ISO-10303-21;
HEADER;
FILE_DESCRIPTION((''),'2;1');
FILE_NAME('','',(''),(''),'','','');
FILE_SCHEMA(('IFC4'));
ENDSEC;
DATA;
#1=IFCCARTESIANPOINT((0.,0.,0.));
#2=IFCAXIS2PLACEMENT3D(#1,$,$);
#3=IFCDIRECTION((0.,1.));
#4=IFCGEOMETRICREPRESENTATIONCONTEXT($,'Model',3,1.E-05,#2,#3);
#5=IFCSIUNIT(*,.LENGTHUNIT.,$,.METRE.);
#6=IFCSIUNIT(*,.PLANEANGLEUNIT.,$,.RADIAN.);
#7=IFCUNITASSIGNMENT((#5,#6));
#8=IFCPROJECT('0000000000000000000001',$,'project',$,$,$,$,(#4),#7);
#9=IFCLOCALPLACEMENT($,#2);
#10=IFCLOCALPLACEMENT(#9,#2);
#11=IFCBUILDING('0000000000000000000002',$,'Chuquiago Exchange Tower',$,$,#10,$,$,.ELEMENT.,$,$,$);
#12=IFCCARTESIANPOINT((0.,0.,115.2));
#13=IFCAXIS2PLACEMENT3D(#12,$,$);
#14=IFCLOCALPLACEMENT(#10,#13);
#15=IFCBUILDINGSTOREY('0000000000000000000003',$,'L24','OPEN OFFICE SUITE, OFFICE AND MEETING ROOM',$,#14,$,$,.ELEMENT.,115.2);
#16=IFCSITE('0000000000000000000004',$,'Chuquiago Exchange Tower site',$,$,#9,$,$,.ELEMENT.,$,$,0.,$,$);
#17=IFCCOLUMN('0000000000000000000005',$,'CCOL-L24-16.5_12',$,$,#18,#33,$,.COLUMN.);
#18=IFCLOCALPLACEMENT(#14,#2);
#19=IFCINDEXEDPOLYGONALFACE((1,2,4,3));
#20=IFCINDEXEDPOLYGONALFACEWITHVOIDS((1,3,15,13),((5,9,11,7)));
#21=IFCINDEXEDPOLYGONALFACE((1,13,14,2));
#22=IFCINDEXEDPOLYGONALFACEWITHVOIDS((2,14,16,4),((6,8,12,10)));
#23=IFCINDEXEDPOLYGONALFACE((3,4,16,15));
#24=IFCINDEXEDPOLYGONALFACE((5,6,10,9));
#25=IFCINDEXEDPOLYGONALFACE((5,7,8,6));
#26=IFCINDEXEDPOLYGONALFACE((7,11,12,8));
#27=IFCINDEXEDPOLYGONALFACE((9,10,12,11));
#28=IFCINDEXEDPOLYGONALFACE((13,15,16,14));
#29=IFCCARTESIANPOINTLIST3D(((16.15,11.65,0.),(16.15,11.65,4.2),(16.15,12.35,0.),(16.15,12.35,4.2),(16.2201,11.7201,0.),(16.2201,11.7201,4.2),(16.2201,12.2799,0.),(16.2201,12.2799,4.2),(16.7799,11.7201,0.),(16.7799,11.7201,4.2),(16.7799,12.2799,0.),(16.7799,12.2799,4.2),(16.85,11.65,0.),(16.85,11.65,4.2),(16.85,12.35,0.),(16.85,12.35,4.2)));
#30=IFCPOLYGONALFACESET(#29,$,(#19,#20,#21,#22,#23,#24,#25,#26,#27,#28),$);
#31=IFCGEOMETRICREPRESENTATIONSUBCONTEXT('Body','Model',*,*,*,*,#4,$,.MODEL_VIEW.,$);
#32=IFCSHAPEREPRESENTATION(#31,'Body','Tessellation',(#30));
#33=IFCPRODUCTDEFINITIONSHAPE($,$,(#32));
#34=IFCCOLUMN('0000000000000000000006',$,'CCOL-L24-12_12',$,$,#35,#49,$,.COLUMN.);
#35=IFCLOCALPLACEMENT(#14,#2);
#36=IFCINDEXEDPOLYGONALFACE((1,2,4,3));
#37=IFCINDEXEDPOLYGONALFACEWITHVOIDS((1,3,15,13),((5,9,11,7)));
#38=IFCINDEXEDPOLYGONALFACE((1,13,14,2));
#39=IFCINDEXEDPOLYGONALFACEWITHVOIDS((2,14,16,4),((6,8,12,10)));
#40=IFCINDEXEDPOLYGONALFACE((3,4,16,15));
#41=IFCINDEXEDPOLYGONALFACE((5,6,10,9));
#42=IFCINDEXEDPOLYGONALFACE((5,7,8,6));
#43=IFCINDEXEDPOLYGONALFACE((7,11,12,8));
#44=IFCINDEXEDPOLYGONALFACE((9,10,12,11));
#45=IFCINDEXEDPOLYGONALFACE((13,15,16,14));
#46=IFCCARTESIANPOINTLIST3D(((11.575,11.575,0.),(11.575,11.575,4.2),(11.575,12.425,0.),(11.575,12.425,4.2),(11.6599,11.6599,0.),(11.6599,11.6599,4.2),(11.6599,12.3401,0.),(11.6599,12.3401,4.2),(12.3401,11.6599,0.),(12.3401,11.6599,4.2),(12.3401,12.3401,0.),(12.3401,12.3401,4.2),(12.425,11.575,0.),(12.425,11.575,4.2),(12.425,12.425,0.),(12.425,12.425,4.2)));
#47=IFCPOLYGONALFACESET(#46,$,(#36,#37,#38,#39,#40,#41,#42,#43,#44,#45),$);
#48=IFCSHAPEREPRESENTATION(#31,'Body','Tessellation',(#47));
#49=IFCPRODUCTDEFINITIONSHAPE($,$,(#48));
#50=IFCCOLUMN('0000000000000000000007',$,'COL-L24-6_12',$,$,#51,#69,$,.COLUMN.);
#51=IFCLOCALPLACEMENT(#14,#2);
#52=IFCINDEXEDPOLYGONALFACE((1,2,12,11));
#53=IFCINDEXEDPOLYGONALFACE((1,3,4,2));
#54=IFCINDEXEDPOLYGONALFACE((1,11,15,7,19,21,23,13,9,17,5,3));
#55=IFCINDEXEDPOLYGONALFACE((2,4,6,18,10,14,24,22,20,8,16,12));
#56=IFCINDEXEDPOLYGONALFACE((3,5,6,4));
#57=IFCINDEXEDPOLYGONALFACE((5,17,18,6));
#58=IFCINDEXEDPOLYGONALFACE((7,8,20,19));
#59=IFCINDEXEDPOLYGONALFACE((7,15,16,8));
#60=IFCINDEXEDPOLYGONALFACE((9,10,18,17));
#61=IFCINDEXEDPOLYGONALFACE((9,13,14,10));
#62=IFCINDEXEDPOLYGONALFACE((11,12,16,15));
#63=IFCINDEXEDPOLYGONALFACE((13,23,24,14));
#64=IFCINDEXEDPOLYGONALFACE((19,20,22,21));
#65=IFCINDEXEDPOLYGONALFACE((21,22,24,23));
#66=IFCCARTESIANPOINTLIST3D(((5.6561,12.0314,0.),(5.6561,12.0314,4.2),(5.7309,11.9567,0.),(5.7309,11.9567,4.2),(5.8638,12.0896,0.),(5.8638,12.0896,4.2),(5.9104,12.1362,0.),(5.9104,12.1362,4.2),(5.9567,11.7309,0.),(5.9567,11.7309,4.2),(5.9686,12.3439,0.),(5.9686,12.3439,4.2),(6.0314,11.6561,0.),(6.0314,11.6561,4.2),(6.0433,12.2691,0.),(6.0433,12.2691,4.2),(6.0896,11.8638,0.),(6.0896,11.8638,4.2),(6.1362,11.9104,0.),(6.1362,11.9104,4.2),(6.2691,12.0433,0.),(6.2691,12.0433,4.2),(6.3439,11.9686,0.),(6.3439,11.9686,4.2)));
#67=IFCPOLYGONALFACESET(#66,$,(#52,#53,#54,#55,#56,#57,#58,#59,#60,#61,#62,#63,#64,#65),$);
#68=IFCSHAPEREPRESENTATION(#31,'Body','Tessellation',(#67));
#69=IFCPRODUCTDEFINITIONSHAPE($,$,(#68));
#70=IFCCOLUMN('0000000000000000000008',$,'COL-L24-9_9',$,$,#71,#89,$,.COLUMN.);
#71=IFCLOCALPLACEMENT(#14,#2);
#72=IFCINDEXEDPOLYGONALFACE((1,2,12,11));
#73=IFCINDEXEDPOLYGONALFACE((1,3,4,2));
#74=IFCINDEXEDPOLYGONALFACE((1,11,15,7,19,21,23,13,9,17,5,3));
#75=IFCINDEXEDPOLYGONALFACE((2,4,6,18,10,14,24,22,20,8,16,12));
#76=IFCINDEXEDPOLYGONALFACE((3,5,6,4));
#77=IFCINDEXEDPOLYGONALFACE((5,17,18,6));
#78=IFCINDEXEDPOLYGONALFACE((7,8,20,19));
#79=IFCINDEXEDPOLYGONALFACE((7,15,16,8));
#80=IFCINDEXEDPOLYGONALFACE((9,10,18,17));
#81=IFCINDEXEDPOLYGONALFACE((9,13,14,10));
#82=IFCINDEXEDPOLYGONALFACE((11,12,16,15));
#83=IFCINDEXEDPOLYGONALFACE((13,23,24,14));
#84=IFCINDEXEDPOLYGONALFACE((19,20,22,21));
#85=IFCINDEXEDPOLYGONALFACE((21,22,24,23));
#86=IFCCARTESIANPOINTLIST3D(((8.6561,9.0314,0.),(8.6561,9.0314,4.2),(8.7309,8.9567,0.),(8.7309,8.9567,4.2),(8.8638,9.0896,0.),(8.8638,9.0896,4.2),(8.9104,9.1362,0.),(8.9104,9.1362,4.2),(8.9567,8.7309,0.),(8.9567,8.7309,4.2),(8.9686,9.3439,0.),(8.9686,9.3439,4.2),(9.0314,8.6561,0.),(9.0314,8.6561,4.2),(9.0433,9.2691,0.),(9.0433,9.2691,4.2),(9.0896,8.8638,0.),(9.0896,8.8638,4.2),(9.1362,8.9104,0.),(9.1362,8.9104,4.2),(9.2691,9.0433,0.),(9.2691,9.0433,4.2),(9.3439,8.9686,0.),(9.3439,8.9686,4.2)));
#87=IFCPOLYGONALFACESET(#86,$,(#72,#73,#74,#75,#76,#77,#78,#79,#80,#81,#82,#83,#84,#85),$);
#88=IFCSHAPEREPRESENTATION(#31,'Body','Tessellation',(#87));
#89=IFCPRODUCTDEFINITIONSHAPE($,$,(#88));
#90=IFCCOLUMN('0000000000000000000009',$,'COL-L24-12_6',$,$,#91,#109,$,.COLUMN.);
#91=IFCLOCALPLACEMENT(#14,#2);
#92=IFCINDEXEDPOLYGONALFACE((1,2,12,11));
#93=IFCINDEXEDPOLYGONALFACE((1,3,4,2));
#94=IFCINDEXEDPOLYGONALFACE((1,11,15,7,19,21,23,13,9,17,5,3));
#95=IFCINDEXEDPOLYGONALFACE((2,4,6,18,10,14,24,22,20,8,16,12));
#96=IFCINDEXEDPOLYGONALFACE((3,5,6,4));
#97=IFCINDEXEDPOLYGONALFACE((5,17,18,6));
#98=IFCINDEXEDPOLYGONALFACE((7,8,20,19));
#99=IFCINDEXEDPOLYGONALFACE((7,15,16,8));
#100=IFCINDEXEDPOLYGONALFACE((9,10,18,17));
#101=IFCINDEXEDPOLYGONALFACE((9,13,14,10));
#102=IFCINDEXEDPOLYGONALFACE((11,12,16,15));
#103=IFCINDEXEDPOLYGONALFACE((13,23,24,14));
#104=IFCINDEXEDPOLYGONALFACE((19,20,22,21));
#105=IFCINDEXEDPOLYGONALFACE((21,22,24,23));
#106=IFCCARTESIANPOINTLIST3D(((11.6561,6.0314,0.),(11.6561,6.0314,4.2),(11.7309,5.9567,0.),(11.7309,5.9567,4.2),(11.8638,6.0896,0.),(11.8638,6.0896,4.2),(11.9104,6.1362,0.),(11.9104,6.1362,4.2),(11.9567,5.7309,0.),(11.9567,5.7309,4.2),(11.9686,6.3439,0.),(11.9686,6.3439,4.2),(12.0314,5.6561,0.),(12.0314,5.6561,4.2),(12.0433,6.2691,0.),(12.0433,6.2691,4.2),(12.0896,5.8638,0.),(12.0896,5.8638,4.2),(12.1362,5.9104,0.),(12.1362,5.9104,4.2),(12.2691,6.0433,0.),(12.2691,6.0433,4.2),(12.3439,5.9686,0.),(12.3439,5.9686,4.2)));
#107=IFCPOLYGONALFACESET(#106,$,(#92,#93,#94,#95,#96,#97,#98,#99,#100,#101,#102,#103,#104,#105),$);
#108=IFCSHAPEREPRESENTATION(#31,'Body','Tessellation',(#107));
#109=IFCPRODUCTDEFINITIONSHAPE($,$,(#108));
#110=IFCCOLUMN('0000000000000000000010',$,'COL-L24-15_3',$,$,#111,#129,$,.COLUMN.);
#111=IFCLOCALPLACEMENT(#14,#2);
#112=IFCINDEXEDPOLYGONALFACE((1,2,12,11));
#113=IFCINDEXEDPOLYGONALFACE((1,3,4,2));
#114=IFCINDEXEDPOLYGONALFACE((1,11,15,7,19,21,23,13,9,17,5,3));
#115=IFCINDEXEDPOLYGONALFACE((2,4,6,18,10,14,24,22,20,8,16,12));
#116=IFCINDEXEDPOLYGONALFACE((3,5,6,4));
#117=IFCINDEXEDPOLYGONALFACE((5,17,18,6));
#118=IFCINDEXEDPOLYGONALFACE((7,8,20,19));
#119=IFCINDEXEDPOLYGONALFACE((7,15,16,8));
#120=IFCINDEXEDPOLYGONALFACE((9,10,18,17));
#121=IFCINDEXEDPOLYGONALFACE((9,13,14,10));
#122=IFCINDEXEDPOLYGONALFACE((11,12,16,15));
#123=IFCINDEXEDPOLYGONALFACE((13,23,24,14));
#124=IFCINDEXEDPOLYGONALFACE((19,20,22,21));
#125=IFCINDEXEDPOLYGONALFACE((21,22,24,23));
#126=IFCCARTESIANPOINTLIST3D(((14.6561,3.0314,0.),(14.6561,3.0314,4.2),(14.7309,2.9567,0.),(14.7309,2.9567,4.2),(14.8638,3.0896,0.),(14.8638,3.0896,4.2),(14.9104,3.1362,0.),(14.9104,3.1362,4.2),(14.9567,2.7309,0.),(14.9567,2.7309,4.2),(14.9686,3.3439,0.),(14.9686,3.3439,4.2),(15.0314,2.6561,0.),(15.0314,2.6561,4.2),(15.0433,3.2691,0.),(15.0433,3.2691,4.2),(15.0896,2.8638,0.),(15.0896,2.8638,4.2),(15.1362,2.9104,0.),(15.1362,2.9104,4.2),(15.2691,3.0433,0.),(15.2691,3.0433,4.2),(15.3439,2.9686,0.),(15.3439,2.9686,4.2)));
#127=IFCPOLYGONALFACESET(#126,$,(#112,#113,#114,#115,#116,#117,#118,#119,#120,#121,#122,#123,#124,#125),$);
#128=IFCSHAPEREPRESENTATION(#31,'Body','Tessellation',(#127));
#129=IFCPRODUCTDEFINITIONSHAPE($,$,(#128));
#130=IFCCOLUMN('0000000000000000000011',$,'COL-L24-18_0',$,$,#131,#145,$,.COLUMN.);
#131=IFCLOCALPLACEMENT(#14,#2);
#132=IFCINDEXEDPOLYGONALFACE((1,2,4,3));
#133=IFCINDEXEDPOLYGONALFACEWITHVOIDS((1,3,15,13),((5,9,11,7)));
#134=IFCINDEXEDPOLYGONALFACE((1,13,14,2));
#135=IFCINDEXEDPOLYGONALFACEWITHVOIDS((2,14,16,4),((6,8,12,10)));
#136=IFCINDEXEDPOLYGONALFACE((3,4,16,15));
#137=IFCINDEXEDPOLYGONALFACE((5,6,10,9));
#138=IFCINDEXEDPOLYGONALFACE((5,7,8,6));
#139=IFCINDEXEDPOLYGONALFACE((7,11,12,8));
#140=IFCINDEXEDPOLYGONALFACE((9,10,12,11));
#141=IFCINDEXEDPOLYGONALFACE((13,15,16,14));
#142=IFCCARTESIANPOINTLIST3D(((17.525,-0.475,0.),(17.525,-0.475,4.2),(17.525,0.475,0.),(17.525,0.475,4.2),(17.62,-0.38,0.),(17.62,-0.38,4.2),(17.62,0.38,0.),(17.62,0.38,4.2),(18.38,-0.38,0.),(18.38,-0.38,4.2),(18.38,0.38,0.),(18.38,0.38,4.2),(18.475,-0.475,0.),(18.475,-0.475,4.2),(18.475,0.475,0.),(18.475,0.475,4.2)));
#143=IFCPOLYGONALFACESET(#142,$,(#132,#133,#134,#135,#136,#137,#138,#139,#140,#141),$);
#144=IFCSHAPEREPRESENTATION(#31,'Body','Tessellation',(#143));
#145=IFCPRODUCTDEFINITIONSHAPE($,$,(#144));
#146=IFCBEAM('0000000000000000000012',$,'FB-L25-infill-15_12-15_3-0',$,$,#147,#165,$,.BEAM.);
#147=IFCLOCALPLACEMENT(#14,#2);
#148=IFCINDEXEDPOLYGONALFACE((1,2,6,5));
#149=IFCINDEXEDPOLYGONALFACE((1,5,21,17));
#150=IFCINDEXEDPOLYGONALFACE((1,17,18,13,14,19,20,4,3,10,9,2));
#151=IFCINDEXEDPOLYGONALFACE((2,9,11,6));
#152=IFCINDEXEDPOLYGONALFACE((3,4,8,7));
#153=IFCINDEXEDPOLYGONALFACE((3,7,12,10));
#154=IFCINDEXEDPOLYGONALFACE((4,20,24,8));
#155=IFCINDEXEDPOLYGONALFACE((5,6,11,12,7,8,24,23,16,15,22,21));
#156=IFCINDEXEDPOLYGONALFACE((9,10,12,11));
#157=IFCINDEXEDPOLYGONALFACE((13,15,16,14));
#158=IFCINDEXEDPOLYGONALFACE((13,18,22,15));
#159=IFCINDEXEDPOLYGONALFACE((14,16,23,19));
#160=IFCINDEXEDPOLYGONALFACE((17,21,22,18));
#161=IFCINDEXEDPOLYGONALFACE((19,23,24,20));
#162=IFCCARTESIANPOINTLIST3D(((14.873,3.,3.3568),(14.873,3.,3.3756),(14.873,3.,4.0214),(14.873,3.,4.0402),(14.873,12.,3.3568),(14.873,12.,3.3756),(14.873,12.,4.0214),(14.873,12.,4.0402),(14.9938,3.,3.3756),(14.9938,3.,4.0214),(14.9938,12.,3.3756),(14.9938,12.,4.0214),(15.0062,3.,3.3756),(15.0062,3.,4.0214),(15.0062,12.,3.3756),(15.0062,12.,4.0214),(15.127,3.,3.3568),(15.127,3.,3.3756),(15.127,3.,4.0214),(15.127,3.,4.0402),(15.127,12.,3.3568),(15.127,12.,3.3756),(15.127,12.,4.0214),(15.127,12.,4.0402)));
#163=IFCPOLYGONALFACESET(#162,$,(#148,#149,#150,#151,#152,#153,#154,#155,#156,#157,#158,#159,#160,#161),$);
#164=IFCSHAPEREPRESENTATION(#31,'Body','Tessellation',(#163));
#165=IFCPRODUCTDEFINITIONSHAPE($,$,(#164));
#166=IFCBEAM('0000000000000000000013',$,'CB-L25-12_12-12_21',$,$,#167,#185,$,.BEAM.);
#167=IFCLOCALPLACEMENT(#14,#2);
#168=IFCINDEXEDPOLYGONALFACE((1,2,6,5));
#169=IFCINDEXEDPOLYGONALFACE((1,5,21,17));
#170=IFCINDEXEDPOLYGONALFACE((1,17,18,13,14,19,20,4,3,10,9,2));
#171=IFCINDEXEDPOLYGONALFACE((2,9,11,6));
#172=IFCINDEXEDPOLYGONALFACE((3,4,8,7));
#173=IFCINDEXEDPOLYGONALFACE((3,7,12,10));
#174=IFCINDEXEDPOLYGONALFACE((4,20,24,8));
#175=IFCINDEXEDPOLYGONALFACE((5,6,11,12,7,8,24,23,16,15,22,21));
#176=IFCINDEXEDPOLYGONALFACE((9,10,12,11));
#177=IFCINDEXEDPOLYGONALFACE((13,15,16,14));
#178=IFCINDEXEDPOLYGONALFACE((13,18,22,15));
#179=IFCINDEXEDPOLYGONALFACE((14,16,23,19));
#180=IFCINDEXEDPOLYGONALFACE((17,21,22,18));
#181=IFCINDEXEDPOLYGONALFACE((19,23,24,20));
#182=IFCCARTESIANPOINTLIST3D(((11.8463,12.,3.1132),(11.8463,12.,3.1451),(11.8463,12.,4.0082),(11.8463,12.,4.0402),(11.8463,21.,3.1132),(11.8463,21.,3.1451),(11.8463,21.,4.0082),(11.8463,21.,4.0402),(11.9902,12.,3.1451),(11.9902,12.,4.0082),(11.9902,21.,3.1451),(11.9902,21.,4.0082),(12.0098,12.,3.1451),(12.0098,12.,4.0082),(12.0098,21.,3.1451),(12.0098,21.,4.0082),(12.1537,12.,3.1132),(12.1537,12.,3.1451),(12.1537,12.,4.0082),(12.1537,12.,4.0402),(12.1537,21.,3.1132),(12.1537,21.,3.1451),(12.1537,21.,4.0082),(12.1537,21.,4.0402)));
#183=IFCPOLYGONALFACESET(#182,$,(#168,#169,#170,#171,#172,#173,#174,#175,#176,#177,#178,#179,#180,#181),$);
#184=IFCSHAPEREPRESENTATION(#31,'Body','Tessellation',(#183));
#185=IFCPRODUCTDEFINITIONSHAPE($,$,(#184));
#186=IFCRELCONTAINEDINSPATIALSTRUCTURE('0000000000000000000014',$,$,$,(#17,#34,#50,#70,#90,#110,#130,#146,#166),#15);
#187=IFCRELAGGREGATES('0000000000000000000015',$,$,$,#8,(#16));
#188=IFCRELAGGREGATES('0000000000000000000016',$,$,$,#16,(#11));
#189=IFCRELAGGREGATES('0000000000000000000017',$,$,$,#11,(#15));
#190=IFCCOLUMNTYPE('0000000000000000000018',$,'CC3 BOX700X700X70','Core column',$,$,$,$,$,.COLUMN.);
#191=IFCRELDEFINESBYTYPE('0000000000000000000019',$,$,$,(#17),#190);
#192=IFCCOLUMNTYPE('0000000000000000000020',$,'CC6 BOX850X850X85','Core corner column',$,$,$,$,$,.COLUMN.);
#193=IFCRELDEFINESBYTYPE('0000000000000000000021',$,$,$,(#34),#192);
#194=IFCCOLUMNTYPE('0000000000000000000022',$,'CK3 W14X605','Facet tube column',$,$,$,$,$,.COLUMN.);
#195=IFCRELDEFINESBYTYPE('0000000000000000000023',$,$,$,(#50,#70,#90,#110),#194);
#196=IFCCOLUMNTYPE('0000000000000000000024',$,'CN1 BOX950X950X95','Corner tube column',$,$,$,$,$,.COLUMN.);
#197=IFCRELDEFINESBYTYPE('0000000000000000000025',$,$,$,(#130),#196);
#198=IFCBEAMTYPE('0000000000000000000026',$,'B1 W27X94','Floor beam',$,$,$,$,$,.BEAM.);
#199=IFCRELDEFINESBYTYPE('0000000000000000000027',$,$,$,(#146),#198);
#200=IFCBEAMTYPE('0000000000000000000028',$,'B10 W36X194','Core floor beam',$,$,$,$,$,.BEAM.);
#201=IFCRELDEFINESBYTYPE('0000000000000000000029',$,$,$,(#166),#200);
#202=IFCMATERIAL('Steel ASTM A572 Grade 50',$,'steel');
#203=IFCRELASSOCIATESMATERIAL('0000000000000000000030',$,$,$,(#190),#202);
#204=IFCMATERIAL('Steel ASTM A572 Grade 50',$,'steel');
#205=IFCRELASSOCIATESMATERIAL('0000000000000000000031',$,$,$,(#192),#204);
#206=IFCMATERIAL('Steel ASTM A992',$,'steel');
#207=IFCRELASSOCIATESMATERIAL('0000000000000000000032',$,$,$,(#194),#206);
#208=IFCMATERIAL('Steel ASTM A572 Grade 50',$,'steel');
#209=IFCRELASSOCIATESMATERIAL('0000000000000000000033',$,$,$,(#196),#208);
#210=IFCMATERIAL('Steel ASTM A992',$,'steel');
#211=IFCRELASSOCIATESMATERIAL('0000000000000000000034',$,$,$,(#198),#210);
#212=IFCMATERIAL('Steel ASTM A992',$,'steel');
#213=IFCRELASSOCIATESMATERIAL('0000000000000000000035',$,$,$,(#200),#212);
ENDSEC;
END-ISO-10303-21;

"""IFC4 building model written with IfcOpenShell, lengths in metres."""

from ifc_helpers import new_model, si_unit, direction, frame, origin, origin_2d, place, context, subcontext, project, spatial, hollow_rectangle, i_section, extrude, material, material_profile, profile_set, type_object, element, save


model = new_model("IFC4")

# Units and contexts
model_context = context("Model", 3, precision=1e-05, world=origin(), true_north=direction((0.0, 1.0)))
body_context = subcontext(model_context, "Body", "Model", "MODEL_VIEW")
ifc_project = project(units=[si_unit("LENGTHUNIT", "METRE"), si_unit("PLANEANGLEUNIT", "RADIAN")], contexts=[model_context])

# Site, building, storey
site_placement = place(None, origin())
site = spatial("IfcSite", under=ifc_project, at=site_placement, Name="Chuquiago Exchange Tower site", CompositionType="ELEMENT", RefElevation=0.0)
building_placement = place(site_placement, origin())
building = spatial("IfcBuilding", under=site, at=building_placement, Name="Chuquiago Exchange Tower", CompositionType="ELEMENT")
storey_placement = place(building_placement, frame((0.0, 0.0, 115.2)))
storey = spatial("IfcBuildingStorey", under=building, at=storey_placement, Name="L24", Description="OPEN OFFICE SUITE, OFFICE AND MEETING ROOM", CompositionType="ELEMENT", Elevation=115.2)

# Columns
ifc_material_1 = material(Name="Steel ASTM A572 Grade 50", Category="steel")
ifc_material_profile_1 = material_profile(ifc_material_1, hollow_rectangle(XDim=0.7, YDim=0.7, WallThickness=0.0701, at=origin_2d()), Name="BOX700X700X70")
ifc_profile_set_1 = profile_set([ifc_material_profile_1], Name="Steel ASTM A572 Grade 50")
column_type_1 = type_object("IfcColumnType", Name="CC3 BOX700X700X70", Description="Core column", PredefinedType="COLUMN", material=ifc_profile_set_1)
column_1_placement = place(storey_placement, frame((16.5, 12.0, 0.0), z_axis=(0.0, 0.0, 1.0), x_axis=(1.0, 0.0, 0.0)))
element("IfcColumn", 1, at=column_1_placement, inside=storey, type_object=column_type_1, Name="CCOL-L24-16.5_12", PredefinedType="COLUMN", context=body_context, shape_type="SweptSolid", body=[
    extrude(hollow_rectangle(XDim=0.7, YDim=0.7, WallThickness=0.0701, at=origin_2d()), origin(), (0.0, 0.0, 1.0), 4.2),
])
ifc_material_2 = material(Name="Steel ASTM A572 Grade 50", Category="steel")
ifc_material_profile_2 = material_profile(ifc_material_2, hollow_rectangle(XDim=0.8501, YDim=0.8501, WallThickness=0.085, at=origin_2d()), Name="BOX850X850X85")
ifc_profile_set_2 = profile_set([ifc_material_profile_2], Name="Steel ASTM A572 Grade 50")
column_type_2 = type_object("IfcColumnType", Name="CC6 BOX850X850X85", Description="Core corner column", PredefinedType="COLUMN", material=ifc_profile_set_2)
column_2_placement = place(storey_placement, frame((12.0, 12.0, 0.0), z_axis=(0.0, 0.0, 1.0), x_axis=(1.0, 0.0, 0.0)))
element("IfcColumn", 2, at=column_2_placement, inside=storey, type_object=column_type_2, Name="CCOL-L24-12_12", PredefinedType="COLUMN", context=body_context, shape_type="SweptSolid", body=[
    extrude(hollow_rectangle(XDim=0.8501, YDim=0.8501, WallThickness=0.085, at=origin_2d()), origin(), (0.0, 0.0, 1.0), 4.2),
])
ifc_material_3 = material(Name="Steel ASTM A992", Category="steel")
ifc_material_profile_3 = material_profile(ifc_material_3, i_section(OverallWidth=0.4419, OverallDepth=0.5308, WebThickness=0.0659, FlangeThickness=0.1057, at=origin_2d()), Name="W14X605")
ifc_profile_set_3 = profile_set([ifc_material_profile_3], Name="Steel ASTM A992")
column_type_3 = type_object("IfcColumnType", Name="CK3 W14X605", Description="Facet tube column", PredefinedType="COLUMN", material=ifc_profile_set_3)
for number, where, z_axis, x_axis, name in (
    (3, (6.0, 12.0, 0.0), (0.0, 0.0, 1.0), (-0.707107, -0.707107, 0.0), "COL-L24-6_12"),
    (4, (9.0, 9.0, 0.0), (0.0, 0.0, 1.0), (-0.707107, -0.707107, 0.0), "COL-L24-9_9"),
    (5, (12.0, 6.0, 0.0), (0.0, 0.0, 1.0), (-0.707107, -0.707107, 0.0), "COL-L24-12_6"),
    (6, (15.0, 3.0, 0.0), (0.0, 0.0, 1.0), (-0.707107, -0.707107, 0.0), "COL-L24-15_3"),
):
    element("IfcColumn", number, at=place(storey_placement, frame(where, z_axis=z_axis, x_axis=x_axis)), inside=storey, type_object=column_type_3, Name=name, PredefinedType="COLUMN", context=body_context, shape_type="SweptSolid", body=[
        extrude(i_section(OverallWidth=0.4419, OverallDepth=0.5308, WebThickness=0.0659, FlangeThickness=0.1057, at=origin_2d()), origin(), (0.0, 0.0, 1.0), 4.2),
    ])
ifc_material_4 = material(Name="Steel ASTM A572 Grade 50", Category="steel")
ifc_material_profile_4 = material_profile(ifc_material_4, hollow_rectangle(XDim=0.95, YDim=0.95, WallThickness=0.095, at=origin_2d()), Name="BOX950X950X95")
ifc_profile_set_4 = profile_set([ifc_material_profile_4], Name="Steel ASTM A572 Grade 50")
column_type_4 = type_object("IfcColumnType", Name="CN1 BOX950X950X95", Description="Corner tube column", PredefinedType="COLUMN", material=ifc_profile_set_4)
column_3_placement = place(storey_placement, frame((18.0, 0.0, 0.0), z_axis=(0.0, 0.0, 1.0), x_axis=(0.0, -1.0, 0.0)))
element("IfcColumn", 7, at=column_3_placement, inside=storey, type_object=column_type_4, Name="COL-L24-18_0", PredefinedType="COLUMN", context=body_context, shape_type="SweptSolid", body=[
    extrude(hollow_rectangle(XDim=0.95, YDim=0.95, WallThickness=0.095, at=origin_2d()), origin(), (0.0, 0.0, 1.0), 4.2),
])

# Beams
ifc_material_5 = material(Name="Steel ASTM A992", Category="steel")
ifc_material_profile_5 = material_profile(ifc_material_5, i_section(OverallWidth=0.2539, OverallDepth=0.6833, WebThickness=0.0125, FlangeThickness=0.0188, at=origin_2d()), Name="W27X94")
ifc_profile_set_5 = profile_set([ifc_material_profile_5], Name="Steel ASTM A992")
beam_type_1 = type_object("IfcBeamType", Name="B1 W27X94", Description="Floor beam", PredefinedType="BEAM", material=ifc_profile_set_5)
beam_1_placement = place(storey_placement, frame((15.0, 12.0, 3.6985), z_axis=(0.0, -1.0, 0.0), x_axis=(1.0, 0.0, 0.0)))
element("IfcBeam", 8, at=beam_1_placement, inside=storey, type_object=beam_type_1, Name="FB-L25-infill-15_12-15_3-0", PredefinedType="BEAM", context=body_context, shape_type="SweptSolid", body=[
    extrude(i_section(OverallWidth=0.2539, OverallDepth=0.6833, WebThickness=0.0125, FlangeThickness=0.0188, at=origin_2d()), origin(), (0.0, 0.0, 1.0), 9.0),
])
ifc_material_6 = material(Name="Steel ASTM A992", Category="steel")
ifc_material_profile_6 = material_profile(ifc_material_6, i_section(OverallWidth=0.3074, OverallDepth=0.927, WebThickness=0.0195, FlangeThickness=0.032, at=origin_2d()), Name="W36X194")
ifc_profile_set_6 = profile_set([ifc_material_profile_6], Name="Steel ASTM A992")
beam_type_2 = type_object("IfcBeamType", Name="B10 W36X194", Description="Core floor beam", PredefinedType="BEAM", material=ifc_profile_set_6)
for number, where, z_axis, x_axis, name in (
    (9, (12.0, 12.0, 3.5767), (0.0, 1.0, 0.0), (-1.0, 0.0, 0.0), "CB-L25-12_12-12_21"),
):
    element("IfcBeam", number, at=place(storey_placement, frame(where, z_axis=z_axis, x_axis=x_axis)), inside=storey, type_object=beam_type_2, Name=name, PredefinedType="BEAM", context=body_context, shape_type="SweptSolid", body=[
        extrude(i_section(OverallWidth=0.3074, OverallDepth=0.927, WebThickness=0.0195, FlangeThickness=0.032, at=origin_2d()), origin(), (0.0, 0.0, 1.0), 9.0),
    ])

save(model, "model.ifc")
